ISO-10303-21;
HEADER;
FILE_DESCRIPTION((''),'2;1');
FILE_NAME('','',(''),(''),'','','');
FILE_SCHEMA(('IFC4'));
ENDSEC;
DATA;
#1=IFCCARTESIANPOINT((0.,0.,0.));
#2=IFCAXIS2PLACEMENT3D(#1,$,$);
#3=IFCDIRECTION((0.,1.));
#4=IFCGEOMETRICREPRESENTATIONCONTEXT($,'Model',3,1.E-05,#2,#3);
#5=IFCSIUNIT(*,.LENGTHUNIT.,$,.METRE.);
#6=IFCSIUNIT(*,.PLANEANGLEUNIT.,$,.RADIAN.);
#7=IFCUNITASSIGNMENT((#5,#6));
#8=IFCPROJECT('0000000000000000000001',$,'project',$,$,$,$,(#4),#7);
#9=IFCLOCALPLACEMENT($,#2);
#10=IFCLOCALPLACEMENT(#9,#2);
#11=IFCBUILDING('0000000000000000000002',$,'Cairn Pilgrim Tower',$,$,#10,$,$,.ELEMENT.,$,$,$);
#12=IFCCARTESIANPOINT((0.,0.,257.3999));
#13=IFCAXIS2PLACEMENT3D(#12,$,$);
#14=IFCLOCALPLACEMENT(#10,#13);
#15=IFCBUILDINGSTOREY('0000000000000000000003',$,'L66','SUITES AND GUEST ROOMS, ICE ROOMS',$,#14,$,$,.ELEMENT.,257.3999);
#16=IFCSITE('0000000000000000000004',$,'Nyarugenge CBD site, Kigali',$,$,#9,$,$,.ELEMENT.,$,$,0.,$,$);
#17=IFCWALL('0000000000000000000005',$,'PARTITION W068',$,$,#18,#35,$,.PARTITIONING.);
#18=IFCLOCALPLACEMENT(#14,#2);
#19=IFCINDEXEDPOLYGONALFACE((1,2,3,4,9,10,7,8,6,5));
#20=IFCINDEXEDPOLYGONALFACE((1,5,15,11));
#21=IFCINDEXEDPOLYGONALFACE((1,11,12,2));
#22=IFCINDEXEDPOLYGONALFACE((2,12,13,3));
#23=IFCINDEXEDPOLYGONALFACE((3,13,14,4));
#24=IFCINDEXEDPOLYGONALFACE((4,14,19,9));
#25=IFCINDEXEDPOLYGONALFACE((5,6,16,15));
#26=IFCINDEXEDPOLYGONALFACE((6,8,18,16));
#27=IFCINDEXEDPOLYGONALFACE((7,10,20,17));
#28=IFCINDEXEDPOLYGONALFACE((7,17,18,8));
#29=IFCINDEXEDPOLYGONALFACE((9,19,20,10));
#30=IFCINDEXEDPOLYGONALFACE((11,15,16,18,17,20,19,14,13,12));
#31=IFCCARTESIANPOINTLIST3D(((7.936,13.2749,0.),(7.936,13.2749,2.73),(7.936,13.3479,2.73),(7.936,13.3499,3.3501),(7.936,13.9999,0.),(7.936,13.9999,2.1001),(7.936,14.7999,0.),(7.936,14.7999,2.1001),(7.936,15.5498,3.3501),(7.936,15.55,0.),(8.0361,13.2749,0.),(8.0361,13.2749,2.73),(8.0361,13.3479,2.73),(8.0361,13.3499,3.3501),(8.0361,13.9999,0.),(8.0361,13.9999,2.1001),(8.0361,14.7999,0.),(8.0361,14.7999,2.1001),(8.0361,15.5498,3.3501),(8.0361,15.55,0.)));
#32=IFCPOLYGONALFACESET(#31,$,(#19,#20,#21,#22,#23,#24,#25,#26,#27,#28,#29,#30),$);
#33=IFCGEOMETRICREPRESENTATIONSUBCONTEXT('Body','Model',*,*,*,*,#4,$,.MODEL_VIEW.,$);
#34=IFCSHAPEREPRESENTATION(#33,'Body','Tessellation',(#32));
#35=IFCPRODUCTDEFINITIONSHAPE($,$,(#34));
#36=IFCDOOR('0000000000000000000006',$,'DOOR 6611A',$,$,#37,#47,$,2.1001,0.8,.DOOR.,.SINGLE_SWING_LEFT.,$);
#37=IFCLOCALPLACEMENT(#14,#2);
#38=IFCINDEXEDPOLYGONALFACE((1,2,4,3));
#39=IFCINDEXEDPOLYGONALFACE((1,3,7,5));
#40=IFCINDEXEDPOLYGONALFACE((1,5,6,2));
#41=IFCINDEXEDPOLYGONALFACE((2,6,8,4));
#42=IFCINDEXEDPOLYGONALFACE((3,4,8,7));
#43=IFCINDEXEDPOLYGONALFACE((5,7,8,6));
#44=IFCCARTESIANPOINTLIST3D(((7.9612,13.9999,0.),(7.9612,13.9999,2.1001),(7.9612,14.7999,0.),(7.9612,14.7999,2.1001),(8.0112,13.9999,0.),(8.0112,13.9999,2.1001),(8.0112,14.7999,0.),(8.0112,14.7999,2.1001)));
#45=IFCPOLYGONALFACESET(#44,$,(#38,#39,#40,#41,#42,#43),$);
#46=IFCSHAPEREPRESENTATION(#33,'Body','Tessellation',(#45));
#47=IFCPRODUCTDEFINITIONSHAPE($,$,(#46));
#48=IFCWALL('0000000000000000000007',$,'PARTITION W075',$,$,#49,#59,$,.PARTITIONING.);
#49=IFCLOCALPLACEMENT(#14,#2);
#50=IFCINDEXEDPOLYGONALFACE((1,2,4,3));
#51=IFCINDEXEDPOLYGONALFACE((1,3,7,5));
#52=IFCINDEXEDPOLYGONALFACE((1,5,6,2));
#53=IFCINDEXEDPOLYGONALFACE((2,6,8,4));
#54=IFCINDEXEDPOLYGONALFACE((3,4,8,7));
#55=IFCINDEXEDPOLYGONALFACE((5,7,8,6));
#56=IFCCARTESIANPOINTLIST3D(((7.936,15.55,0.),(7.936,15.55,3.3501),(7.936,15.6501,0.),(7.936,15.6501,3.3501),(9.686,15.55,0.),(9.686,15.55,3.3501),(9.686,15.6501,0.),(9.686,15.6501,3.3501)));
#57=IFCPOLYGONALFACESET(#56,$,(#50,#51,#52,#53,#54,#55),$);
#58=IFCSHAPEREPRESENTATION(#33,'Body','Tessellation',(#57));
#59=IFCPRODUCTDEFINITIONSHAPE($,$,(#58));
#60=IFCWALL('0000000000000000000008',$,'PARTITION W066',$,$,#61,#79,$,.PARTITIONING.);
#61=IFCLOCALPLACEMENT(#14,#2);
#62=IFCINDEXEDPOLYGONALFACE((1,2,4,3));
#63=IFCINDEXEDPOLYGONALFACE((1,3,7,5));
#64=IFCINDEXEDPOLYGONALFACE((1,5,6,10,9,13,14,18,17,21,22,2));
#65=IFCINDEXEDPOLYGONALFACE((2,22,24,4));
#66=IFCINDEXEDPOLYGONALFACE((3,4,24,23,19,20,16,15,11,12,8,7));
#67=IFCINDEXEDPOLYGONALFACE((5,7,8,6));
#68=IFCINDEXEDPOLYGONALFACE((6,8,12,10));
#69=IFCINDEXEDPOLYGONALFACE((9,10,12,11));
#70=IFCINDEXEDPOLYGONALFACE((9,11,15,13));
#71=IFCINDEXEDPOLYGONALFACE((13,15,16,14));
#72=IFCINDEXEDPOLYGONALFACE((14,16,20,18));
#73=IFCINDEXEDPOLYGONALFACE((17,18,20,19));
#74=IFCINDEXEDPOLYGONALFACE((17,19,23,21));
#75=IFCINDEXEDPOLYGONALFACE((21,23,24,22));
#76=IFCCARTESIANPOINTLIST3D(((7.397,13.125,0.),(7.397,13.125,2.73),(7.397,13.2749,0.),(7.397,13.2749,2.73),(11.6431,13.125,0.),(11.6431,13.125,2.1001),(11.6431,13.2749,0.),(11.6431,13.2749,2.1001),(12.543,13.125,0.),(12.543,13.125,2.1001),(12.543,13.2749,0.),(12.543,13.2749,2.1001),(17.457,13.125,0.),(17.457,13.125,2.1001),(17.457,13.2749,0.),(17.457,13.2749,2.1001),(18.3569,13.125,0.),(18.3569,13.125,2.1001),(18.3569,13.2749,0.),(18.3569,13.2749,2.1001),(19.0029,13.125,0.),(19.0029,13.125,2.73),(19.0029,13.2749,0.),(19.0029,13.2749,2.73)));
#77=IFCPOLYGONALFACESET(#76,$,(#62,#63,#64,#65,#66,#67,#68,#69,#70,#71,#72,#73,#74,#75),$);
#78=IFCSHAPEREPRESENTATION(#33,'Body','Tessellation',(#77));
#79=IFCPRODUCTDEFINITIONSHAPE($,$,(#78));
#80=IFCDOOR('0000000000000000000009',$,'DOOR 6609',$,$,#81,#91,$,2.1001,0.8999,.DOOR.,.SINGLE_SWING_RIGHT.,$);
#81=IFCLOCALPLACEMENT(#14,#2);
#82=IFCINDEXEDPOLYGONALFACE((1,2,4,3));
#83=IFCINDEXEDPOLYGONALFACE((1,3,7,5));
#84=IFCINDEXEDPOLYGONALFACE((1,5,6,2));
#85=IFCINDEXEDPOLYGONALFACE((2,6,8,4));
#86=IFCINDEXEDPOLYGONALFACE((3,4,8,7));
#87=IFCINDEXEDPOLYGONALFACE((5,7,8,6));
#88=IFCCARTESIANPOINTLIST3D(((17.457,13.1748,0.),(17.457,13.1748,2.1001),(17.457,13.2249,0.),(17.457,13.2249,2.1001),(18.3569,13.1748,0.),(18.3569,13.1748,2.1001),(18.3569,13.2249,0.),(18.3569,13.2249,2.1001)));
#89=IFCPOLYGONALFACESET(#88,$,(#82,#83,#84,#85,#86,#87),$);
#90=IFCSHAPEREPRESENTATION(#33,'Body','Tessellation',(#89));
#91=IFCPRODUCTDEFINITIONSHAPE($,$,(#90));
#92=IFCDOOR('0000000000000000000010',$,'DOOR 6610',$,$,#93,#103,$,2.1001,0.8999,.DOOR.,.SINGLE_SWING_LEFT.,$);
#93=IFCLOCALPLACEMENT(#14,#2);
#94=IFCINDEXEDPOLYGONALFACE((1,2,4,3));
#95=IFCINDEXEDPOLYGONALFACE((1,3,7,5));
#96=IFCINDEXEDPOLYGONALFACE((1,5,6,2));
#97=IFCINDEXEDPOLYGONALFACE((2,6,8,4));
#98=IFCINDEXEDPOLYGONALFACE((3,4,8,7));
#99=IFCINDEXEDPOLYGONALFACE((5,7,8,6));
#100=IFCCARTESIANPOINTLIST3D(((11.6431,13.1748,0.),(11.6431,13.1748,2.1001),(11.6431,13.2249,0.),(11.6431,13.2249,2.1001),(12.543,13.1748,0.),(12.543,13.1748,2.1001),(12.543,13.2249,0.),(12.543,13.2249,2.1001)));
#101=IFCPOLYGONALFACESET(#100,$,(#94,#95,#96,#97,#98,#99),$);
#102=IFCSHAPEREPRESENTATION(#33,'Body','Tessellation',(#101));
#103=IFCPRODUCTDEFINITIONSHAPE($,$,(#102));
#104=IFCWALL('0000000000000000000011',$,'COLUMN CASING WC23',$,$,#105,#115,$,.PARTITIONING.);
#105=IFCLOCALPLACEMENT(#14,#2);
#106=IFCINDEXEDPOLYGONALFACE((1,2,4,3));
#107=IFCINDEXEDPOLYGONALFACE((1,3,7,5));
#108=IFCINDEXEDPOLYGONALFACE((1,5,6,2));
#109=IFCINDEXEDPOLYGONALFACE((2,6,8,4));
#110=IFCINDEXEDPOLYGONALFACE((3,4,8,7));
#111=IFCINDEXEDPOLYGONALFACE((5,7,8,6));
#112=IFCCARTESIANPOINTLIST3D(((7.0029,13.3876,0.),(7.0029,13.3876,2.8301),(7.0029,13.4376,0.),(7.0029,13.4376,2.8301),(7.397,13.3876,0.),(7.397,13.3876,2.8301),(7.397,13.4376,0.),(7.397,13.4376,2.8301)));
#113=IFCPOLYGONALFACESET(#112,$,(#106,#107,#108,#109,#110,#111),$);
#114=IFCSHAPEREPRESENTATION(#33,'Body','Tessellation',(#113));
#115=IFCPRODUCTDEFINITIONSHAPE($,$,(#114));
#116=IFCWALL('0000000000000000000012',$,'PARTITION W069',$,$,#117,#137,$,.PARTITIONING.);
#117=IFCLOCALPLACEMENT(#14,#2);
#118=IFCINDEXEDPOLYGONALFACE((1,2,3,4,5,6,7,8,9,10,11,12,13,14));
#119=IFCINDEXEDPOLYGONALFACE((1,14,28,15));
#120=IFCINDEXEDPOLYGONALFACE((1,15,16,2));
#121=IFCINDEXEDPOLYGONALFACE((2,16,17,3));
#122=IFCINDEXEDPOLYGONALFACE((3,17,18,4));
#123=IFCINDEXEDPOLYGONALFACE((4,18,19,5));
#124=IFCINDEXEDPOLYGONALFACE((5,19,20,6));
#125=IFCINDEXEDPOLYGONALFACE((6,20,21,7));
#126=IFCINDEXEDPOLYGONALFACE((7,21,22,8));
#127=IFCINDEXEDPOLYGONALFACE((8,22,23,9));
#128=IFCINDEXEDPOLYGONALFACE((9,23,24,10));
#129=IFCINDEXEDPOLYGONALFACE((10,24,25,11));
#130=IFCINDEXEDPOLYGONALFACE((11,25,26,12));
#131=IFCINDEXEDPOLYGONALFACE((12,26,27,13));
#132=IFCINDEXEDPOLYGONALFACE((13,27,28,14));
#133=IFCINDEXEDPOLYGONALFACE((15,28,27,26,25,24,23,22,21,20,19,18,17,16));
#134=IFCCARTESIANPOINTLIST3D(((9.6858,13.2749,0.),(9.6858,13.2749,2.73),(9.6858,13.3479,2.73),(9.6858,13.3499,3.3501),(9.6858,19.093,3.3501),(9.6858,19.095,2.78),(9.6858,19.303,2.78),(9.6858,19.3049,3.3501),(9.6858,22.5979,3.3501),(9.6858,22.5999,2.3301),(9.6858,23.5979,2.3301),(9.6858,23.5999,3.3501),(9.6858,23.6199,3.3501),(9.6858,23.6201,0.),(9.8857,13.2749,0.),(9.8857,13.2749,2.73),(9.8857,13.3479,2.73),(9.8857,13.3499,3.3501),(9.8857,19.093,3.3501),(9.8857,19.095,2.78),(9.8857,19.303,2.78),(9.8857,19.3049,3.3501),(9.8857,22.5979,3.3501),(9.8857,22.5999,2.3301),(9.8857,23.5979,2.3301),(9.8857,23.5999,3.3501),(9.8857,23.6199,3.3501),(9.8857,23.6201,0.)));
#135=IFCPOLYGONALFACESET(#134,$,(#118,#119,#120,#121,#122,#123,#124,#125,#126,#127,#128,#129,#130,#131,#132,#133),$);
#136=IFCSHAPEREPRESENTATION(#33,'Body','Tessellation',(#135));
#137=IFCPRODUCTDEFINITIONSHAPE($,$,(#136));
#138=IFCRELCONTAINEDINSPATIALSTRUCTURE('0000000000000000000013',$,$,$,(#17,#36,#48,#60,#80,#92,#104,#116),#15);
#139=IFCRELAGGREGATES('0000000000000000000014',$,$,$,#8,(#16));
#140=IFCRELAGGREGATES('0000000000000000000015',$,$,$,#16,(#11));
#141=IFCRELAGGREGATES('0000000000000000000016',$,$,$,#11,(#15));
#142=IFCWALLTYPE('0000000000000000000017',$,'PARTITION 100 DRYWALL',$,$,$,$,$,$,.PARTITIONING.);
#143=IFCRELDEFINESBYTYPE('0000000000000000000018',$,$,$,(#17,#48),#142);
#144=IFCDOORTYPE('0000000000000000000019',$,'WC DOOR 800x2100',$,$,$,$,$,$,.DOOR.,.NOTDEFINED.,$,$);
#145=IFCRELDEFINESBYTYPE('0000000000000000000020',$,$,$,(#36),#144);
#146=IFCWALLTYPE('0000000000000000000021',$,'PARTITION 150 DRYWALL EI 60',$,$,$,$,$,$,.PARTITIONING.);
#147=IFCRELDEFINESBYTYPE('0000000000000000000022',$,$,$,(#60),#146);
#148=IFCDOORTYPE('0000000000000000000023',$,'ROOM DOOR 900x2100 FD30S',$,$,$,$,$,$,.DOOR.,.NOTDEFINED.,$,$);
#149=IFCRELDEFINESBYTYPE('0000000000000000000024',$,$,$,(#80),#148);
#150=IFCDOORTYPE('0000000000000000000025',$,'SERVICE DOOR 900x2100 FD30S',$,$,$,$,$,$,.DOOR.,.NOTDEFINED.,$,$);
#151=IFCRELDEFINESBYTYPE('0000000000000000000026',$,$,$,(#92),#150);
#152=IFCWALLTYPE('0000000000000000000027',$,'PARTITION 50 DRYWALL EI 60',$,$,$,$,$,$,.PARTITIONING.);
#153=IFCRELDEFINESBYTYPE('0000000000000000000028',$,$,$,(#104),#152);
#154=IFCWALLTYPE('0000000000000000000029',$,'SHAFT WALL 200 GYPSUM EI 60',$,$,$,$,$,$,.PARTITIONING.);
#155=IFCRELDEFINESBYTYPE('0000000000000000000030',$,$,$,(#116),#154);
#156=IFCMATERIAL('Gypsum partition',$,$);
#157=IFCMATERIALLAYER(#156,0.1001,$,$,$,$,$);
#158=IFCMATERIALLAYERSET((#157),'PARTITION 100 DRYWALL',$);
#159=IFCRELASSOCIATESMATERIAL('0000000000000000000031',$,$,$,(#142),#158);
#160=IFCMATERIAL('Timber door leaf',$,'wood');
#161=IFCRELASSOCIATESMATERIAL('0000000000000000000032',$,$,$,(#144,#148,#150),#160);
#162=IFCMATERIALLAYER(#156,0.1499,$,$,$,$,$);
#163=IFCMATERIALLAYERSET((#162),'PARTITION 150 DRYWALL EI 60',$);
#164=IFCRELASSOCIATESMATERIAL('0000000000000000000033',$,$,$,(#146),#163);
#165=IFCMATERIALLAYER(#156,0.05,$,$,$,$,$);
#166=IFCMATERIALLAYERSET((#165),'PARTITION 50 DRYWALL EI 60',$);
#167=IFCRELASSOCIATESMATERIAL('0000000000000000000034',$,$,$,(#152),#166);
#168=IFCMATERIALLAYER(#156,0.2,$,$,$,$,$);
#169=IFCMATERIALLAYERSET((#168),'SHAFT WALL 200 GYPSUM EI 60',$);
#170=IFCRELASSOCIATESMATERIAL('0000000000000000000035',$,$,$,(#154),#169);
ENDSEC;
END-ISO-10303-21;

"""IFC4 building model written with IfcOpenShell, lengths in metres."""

from ifc_helpers import new_model, si_unit, direction, frame, frame_2d, origin, place, context, subcontext, project, spatial, polyline, rectangle, outline, extrude, material, layer, layer_set, type_object, element, fill, save


model = new_model("IFC4")

# Units and contexts
model_context = context("Model", 3, precision=1e-05, world=origin(), true_north=direction((0.0, 1.0)))
body_context = subcontext(model_context, "Body", "Model", "MODEL_VIEW")
ifc_project = project(units=[si_unit("LENGTHUNIT", "METRE"), si_unit("PLANEANGLEUNIT", "RADIAN")], contexts=[model_context])

# Site, building, storey
site_placement = place(None, origin())
site = spatial("IfcSite", under=ifc_project, at=site_placement, Name="Nyarugenge CBD site, Kigali", CompositionType="ELEMENT", RefElevation=0.0)
building_placement = place(site_placement, origin())
building = spatial("IfcBuilding", under=site, at=building_placement, Name="Cairn Pilgrim Tower", CompositionType="ELEMENT")
storey_placement = place(building_placement, frame((0.0, 0.0, 257.3999)))
storey = spatial("IfcBuildingStorey", under=building, at=storey_placement, Name="L66", Description="SUITES AND GUEST ROOMS, ICE ROOMS", CompositionType="ELEMENT", Elevation=257.3999)

# Wall, opening, door
ifc_material_1 = material(Name="Gypsum partition")
ifc_layer_1 = layer(ifc_material_1, 0.1001)
ifc_layer_set_1 = layer_set([ifc_layer_1], Name="PARTITION 100 DRYWALL")
wall_type_1 = type_object("IfcWallType", Name="PARTITION 100 DRYWALL", PredefinedType="PARTITIONING", material=ifc_layer_set_1)
wall_1_placement = place(storey_placement, frame((7.9861, 13.2749, 0.0), z_axis=(0.0, 0.0, 1.0), x_axis=(0.0, 1.0, 0.0)))
wall_1 = element("IfcWall", 1, at=wall_1_placement, inside=storey, type_object=wall_type_1, Name="PARTITION W068", PredefinedType="PARTITIONING", context=body_context, shape_type="SweptSolid", body=[
    extrude(outline(polyline([(0.0, 0.0), (2.2751, 0.0), (2.2749, 3.3501), (0.075, 3.3501), (0.073, 2.73), (0.0, 2.73), (0.0, 0.0)])), frame((0.0, 0.05, 0.0), z_axis=(0.0, -1.0, 0.0), x_axis=(1.0, 0.0, 0.0)), (0.0, 0.0, 1.0), 0.1001),
])
opening_1_placement = place(wall_1_placement, frame((0.7251, 0.0, 0.0)))
opening_1 = element("IfcOpeningElement", 2, at=opening_1_placement, cuts=wall_1, PredefinedType="OPENING", context=body_context, shape_type="SweptSolid", body=[
    extrude(rectangle(XDim=0.8, YDim=2.1001, at=frame_2d((0.3999, 1.05))), frame((0.0, 0.0601, 0.0), z_axis=(0.0, -1.0, 0.0), x_axis=(1.0, 0.0, 0.0)), (0.0, 0.0, 1.0), 0.1201),
])
ifc_material_2 = material(Name="Timber door leaf", Category="wood")
door_type_1 = type_object("IfcDoorType", Name="WC DOOR 800x2100", OperationType="NOTDEFINED", PredefinedType="DOOR", material=ifc_material_2)
door_1_placement = place(opening_1_placement, origin())
door_1 = element("IfcDoor", 3, at=door_1_placement, inside=storey, type_object=door_type_1, Name="DOOR 6611A", OperationType="SINGLE_SWING_LEFT", OverallHeight=2.1001, OverallWidth=0.8, PredefinedType="DOOR", context=body_context, shape_type="SweptSolid", body=[
    extrude(rectangle(XDim=0.8, YDim=2.1001, at=frame_2d((0.3999, 1.05))), frame((0.0, 0.0249, 0.0), z_axis=(0.0, -1.0, 0.0), x_axis=(1.0, 0.0, 0.0)), (0.0, 0.0, 1.0), 0.05),
])
fill(opening_1, door_1)

# Wall
wall_2_placement = place(storey_placement, frame((7.936, 15.6001, 0.0), z_axis=(0.0, 0.0, 1.0), x_axis=(1.0, 0.0, 0.0)))
element("IfcWall", 4, at=wall_2_placement, inside=storey, type_object=wall_type_1, Name="PARTITION W075", PredefinedType="PARTITIONING", context=body_context, shape_type="SweptSolid", body=[
    extrude(rectangle(XDim=1.75, YDim=0.1001, at=frame_2d((0.875, 0.0))), origin(), (0.0, 0.0, 1.0), 3.3501),
])

# Wall, openings, doors
ifc_layer_2 = layer(ifc_material_1, 0.1499)
ifc_layer_set_2 = layer_set([ifc_layer_2], Name="PARTITION 150 DRYWALL EI 60")
wall_type_2 = type_object("IfcWallType", Name="PARTITION 150 DRYWALL EI 60", PredefinedType="PARTITIONING", material=ifc_layer_set_2)
wall_3_placement = place(storey_placement, frame((7.397, 13.2, 0.0), z_axis=(0.0, 0.0, 1.0), x_axis=(1.0, 0.0, 0.0)))
wall_3 = element("IfcWall", 5, at=wall_3_placement, inside=storey, type_object=wall_type_2, Name="PARTITION W066", PredefinedType="PARTITIONING", context=body_context, shape_type="SweptSolid", body=[
    extrude(rectangle(XDim=11.606, YDim=0.1499, at=frame_2d((5.803, 0.0))), origin(), (0.0, 0.0, 1.0), 2.73),
])
opening_2_placement = place(wall_3_placement, frame((10.0601, 0.0, 0.0)))
opening_2 = element("IfcOpeningElement", 6, at=opening_2_placement, cuts=wall_3, PredefinedType="OPENING", context=body_context, shape_type="SweptSolid", body=[
    extrude(rectangle(XDim=0.8999, YDim=2.1001, at=frame_2d((0.45, 1.05))), frame((0.0, 0.085, 0.0), z_axis=(0.0, -1.0, 0.0), x_axis=(1.0, 0.0, 0.0)), (0.0, 0.0, 1.0), 0.1699),
])
opening_3_placement = place(wall_3_placement, frame((4.2461, 0.0, 0.0)))
opening_3 = element("IfcOpeningElement", 7, at=opening_3_placement, cuts=wall_3, PredefinedType="OPENING", context=body_context, shape_type="SweptSolid", body=[
    extrude(rectangle(XDim=0.8999, YDim=2.1001, at=frame_2d((0.45, 1.05))), frame((0.0, 0.085, 0.0), z_axis=(0.0, -1.0, 0.0), x_axis=(1.0, 0.0, 0.0)), (0.0, 0.0, 1.0), 0.1699),
])
door_type_2 = type_object("IfcDoorType", Name="ROOM DOOR 900x2100 FD30S", OperationType="NOTDEFINED", PredefinedType="DOOR", material=ifc_material_2)
door_2_placement = place(opening_2_placement, origin())
door_2 = element("IfcDoor", 8, at=door_2_placement, inside=storey, type_object=door_type_2, Name="DOOR 6609", OperationType="SINGLE_SWING_RIGHT", OverallHeight=2.1001, OverallWidth=0.8999, PredefinedType="DOOR", context=body_context, shape_type="SweptSolid", body=[
    extrude(rectangle(XDim=0.8999, YDim=2.1001, at=frame_2d((0.45, 1.05))), frame((0.0, 0.0249, 0.0), z_axis=(0.0, -1.0, 0.0), x_axis=(1.0, 0.0, 0.0)), (0.0, 0.0, 1.0), 0.05),
])
fill(opening_2, door_2)
door_type_3 = type_object("IfcDoorType", Name="SERVICE DOOR 900x2100 FD30S", OperationType="NOTDEFINED", PredefinedType="DOOR", material=ifc_material_2)
door_3_placement = place(opening_3_placement, origin())
door_3 = element("IfcDoor", 9, at=door_3_placement, inside=storey, type_object=door_type_3, Name="DOOR 6610", OperationType="SINGLE_SWING_LEFT", OverallHeight=2.1001, OverallWidth=0.8999, PredefinedType="DOOR", context=body_context, shape_type="SweptSolid", body=[
    extrude(rectangle(XDim=0.8999, YDim=2.1001, at=frame_2d((0.45, 1.05))), frame((0.0, 0.0249, 0.0), z_axis=(0.0, -1.0, 0.0), x_axis=(1.0, 0.0, 0.0)), (0.0, 0.0, 1.0), 0.05),
])
fill(opening_3, door_3)

# Walls
ifc_layer_3 = layer(ifc_material_1, 0.05)
ifc_layer_set_3 = layer_set([ifc_layer_3], Name="PARTITION 50 DRYWALL EI 60")
wall_type_3 = type_object("IfcWallType", Name="PARTITION 50 DRYWALL EI 60", PredefinedType="PARTITIONING", material=ifc_layer_set_3)
wall_4_placement = place(storey_placement, frame((7.0029, 13.4126, 0.0), z_axis=(0.0, 0.0, 1.0), x_axis=(1.0, 0.0, 0.0)))
element("IfcWall", 10, at=wall_4_placement, inside=storey, type_object=wall_type_3, Name="COLUMN CASING WC23", PredefinedType="PARTITIONING", context=body_context, shape_type="SweptSolid", body=[
    extrude(rectangle(XDim=0.394, YDim=0.05, at=frame_2d((0.197, 0.0))), origin(), (0.0, 0.0, 1.0), 2.8301),
])
ifc_layer_4 = layer(ifc_material_1, 0.2)
ifc_layer_set_4 = layer_set([ifc_layer_4], Name="SHAFT WALL 200 GYPSUM EI 60")
wall_type_4 = type_object("IfcWallType", Name="SHAFT WALL 200 GYPSUM EI 60", PredefinedType="PARTITIONING", material=ifc_layer_set_4)
wall_5_placement = place(storey_placement, frame((9.7859, 13.2749, 0.0), z_axis=(0.0, 0.0, 1.0), x_axis=(0.0, 1.0, 0.0)))
element("IfcWall", 11, at=wall_5_placement, inside=storey, type_object=wall_type_4, Name="PARTITION W069", PredefinedType="PARTITIONING", context=body_context, shape_type="SweptSolid", body=[
    extrude(outline(polyline([(0.0, 0.0), (10.3452, 0.0), (10.345, 3.3501), (10.325, 3.3501), (10.323, 2.3301), (9.325, 2.3301), (9.323, 3.3501), (6.03, 3.3501), (6.0281, 2.78), (5.8201, 2.78), (5.8181, 3.3501), (0.075, 3.3501), (0.073, 2.73), (0.0, 2.73), (0.0, 0.0)])), frame((0.0, 0.1001, 0.0), z_axis=(0.0, -1.0, 0.0), x_axis=(1.0, 0.0, 0.0)), (0.0, 0.0, 1.0), 0.2),
])

save(model, "model.ifc")
